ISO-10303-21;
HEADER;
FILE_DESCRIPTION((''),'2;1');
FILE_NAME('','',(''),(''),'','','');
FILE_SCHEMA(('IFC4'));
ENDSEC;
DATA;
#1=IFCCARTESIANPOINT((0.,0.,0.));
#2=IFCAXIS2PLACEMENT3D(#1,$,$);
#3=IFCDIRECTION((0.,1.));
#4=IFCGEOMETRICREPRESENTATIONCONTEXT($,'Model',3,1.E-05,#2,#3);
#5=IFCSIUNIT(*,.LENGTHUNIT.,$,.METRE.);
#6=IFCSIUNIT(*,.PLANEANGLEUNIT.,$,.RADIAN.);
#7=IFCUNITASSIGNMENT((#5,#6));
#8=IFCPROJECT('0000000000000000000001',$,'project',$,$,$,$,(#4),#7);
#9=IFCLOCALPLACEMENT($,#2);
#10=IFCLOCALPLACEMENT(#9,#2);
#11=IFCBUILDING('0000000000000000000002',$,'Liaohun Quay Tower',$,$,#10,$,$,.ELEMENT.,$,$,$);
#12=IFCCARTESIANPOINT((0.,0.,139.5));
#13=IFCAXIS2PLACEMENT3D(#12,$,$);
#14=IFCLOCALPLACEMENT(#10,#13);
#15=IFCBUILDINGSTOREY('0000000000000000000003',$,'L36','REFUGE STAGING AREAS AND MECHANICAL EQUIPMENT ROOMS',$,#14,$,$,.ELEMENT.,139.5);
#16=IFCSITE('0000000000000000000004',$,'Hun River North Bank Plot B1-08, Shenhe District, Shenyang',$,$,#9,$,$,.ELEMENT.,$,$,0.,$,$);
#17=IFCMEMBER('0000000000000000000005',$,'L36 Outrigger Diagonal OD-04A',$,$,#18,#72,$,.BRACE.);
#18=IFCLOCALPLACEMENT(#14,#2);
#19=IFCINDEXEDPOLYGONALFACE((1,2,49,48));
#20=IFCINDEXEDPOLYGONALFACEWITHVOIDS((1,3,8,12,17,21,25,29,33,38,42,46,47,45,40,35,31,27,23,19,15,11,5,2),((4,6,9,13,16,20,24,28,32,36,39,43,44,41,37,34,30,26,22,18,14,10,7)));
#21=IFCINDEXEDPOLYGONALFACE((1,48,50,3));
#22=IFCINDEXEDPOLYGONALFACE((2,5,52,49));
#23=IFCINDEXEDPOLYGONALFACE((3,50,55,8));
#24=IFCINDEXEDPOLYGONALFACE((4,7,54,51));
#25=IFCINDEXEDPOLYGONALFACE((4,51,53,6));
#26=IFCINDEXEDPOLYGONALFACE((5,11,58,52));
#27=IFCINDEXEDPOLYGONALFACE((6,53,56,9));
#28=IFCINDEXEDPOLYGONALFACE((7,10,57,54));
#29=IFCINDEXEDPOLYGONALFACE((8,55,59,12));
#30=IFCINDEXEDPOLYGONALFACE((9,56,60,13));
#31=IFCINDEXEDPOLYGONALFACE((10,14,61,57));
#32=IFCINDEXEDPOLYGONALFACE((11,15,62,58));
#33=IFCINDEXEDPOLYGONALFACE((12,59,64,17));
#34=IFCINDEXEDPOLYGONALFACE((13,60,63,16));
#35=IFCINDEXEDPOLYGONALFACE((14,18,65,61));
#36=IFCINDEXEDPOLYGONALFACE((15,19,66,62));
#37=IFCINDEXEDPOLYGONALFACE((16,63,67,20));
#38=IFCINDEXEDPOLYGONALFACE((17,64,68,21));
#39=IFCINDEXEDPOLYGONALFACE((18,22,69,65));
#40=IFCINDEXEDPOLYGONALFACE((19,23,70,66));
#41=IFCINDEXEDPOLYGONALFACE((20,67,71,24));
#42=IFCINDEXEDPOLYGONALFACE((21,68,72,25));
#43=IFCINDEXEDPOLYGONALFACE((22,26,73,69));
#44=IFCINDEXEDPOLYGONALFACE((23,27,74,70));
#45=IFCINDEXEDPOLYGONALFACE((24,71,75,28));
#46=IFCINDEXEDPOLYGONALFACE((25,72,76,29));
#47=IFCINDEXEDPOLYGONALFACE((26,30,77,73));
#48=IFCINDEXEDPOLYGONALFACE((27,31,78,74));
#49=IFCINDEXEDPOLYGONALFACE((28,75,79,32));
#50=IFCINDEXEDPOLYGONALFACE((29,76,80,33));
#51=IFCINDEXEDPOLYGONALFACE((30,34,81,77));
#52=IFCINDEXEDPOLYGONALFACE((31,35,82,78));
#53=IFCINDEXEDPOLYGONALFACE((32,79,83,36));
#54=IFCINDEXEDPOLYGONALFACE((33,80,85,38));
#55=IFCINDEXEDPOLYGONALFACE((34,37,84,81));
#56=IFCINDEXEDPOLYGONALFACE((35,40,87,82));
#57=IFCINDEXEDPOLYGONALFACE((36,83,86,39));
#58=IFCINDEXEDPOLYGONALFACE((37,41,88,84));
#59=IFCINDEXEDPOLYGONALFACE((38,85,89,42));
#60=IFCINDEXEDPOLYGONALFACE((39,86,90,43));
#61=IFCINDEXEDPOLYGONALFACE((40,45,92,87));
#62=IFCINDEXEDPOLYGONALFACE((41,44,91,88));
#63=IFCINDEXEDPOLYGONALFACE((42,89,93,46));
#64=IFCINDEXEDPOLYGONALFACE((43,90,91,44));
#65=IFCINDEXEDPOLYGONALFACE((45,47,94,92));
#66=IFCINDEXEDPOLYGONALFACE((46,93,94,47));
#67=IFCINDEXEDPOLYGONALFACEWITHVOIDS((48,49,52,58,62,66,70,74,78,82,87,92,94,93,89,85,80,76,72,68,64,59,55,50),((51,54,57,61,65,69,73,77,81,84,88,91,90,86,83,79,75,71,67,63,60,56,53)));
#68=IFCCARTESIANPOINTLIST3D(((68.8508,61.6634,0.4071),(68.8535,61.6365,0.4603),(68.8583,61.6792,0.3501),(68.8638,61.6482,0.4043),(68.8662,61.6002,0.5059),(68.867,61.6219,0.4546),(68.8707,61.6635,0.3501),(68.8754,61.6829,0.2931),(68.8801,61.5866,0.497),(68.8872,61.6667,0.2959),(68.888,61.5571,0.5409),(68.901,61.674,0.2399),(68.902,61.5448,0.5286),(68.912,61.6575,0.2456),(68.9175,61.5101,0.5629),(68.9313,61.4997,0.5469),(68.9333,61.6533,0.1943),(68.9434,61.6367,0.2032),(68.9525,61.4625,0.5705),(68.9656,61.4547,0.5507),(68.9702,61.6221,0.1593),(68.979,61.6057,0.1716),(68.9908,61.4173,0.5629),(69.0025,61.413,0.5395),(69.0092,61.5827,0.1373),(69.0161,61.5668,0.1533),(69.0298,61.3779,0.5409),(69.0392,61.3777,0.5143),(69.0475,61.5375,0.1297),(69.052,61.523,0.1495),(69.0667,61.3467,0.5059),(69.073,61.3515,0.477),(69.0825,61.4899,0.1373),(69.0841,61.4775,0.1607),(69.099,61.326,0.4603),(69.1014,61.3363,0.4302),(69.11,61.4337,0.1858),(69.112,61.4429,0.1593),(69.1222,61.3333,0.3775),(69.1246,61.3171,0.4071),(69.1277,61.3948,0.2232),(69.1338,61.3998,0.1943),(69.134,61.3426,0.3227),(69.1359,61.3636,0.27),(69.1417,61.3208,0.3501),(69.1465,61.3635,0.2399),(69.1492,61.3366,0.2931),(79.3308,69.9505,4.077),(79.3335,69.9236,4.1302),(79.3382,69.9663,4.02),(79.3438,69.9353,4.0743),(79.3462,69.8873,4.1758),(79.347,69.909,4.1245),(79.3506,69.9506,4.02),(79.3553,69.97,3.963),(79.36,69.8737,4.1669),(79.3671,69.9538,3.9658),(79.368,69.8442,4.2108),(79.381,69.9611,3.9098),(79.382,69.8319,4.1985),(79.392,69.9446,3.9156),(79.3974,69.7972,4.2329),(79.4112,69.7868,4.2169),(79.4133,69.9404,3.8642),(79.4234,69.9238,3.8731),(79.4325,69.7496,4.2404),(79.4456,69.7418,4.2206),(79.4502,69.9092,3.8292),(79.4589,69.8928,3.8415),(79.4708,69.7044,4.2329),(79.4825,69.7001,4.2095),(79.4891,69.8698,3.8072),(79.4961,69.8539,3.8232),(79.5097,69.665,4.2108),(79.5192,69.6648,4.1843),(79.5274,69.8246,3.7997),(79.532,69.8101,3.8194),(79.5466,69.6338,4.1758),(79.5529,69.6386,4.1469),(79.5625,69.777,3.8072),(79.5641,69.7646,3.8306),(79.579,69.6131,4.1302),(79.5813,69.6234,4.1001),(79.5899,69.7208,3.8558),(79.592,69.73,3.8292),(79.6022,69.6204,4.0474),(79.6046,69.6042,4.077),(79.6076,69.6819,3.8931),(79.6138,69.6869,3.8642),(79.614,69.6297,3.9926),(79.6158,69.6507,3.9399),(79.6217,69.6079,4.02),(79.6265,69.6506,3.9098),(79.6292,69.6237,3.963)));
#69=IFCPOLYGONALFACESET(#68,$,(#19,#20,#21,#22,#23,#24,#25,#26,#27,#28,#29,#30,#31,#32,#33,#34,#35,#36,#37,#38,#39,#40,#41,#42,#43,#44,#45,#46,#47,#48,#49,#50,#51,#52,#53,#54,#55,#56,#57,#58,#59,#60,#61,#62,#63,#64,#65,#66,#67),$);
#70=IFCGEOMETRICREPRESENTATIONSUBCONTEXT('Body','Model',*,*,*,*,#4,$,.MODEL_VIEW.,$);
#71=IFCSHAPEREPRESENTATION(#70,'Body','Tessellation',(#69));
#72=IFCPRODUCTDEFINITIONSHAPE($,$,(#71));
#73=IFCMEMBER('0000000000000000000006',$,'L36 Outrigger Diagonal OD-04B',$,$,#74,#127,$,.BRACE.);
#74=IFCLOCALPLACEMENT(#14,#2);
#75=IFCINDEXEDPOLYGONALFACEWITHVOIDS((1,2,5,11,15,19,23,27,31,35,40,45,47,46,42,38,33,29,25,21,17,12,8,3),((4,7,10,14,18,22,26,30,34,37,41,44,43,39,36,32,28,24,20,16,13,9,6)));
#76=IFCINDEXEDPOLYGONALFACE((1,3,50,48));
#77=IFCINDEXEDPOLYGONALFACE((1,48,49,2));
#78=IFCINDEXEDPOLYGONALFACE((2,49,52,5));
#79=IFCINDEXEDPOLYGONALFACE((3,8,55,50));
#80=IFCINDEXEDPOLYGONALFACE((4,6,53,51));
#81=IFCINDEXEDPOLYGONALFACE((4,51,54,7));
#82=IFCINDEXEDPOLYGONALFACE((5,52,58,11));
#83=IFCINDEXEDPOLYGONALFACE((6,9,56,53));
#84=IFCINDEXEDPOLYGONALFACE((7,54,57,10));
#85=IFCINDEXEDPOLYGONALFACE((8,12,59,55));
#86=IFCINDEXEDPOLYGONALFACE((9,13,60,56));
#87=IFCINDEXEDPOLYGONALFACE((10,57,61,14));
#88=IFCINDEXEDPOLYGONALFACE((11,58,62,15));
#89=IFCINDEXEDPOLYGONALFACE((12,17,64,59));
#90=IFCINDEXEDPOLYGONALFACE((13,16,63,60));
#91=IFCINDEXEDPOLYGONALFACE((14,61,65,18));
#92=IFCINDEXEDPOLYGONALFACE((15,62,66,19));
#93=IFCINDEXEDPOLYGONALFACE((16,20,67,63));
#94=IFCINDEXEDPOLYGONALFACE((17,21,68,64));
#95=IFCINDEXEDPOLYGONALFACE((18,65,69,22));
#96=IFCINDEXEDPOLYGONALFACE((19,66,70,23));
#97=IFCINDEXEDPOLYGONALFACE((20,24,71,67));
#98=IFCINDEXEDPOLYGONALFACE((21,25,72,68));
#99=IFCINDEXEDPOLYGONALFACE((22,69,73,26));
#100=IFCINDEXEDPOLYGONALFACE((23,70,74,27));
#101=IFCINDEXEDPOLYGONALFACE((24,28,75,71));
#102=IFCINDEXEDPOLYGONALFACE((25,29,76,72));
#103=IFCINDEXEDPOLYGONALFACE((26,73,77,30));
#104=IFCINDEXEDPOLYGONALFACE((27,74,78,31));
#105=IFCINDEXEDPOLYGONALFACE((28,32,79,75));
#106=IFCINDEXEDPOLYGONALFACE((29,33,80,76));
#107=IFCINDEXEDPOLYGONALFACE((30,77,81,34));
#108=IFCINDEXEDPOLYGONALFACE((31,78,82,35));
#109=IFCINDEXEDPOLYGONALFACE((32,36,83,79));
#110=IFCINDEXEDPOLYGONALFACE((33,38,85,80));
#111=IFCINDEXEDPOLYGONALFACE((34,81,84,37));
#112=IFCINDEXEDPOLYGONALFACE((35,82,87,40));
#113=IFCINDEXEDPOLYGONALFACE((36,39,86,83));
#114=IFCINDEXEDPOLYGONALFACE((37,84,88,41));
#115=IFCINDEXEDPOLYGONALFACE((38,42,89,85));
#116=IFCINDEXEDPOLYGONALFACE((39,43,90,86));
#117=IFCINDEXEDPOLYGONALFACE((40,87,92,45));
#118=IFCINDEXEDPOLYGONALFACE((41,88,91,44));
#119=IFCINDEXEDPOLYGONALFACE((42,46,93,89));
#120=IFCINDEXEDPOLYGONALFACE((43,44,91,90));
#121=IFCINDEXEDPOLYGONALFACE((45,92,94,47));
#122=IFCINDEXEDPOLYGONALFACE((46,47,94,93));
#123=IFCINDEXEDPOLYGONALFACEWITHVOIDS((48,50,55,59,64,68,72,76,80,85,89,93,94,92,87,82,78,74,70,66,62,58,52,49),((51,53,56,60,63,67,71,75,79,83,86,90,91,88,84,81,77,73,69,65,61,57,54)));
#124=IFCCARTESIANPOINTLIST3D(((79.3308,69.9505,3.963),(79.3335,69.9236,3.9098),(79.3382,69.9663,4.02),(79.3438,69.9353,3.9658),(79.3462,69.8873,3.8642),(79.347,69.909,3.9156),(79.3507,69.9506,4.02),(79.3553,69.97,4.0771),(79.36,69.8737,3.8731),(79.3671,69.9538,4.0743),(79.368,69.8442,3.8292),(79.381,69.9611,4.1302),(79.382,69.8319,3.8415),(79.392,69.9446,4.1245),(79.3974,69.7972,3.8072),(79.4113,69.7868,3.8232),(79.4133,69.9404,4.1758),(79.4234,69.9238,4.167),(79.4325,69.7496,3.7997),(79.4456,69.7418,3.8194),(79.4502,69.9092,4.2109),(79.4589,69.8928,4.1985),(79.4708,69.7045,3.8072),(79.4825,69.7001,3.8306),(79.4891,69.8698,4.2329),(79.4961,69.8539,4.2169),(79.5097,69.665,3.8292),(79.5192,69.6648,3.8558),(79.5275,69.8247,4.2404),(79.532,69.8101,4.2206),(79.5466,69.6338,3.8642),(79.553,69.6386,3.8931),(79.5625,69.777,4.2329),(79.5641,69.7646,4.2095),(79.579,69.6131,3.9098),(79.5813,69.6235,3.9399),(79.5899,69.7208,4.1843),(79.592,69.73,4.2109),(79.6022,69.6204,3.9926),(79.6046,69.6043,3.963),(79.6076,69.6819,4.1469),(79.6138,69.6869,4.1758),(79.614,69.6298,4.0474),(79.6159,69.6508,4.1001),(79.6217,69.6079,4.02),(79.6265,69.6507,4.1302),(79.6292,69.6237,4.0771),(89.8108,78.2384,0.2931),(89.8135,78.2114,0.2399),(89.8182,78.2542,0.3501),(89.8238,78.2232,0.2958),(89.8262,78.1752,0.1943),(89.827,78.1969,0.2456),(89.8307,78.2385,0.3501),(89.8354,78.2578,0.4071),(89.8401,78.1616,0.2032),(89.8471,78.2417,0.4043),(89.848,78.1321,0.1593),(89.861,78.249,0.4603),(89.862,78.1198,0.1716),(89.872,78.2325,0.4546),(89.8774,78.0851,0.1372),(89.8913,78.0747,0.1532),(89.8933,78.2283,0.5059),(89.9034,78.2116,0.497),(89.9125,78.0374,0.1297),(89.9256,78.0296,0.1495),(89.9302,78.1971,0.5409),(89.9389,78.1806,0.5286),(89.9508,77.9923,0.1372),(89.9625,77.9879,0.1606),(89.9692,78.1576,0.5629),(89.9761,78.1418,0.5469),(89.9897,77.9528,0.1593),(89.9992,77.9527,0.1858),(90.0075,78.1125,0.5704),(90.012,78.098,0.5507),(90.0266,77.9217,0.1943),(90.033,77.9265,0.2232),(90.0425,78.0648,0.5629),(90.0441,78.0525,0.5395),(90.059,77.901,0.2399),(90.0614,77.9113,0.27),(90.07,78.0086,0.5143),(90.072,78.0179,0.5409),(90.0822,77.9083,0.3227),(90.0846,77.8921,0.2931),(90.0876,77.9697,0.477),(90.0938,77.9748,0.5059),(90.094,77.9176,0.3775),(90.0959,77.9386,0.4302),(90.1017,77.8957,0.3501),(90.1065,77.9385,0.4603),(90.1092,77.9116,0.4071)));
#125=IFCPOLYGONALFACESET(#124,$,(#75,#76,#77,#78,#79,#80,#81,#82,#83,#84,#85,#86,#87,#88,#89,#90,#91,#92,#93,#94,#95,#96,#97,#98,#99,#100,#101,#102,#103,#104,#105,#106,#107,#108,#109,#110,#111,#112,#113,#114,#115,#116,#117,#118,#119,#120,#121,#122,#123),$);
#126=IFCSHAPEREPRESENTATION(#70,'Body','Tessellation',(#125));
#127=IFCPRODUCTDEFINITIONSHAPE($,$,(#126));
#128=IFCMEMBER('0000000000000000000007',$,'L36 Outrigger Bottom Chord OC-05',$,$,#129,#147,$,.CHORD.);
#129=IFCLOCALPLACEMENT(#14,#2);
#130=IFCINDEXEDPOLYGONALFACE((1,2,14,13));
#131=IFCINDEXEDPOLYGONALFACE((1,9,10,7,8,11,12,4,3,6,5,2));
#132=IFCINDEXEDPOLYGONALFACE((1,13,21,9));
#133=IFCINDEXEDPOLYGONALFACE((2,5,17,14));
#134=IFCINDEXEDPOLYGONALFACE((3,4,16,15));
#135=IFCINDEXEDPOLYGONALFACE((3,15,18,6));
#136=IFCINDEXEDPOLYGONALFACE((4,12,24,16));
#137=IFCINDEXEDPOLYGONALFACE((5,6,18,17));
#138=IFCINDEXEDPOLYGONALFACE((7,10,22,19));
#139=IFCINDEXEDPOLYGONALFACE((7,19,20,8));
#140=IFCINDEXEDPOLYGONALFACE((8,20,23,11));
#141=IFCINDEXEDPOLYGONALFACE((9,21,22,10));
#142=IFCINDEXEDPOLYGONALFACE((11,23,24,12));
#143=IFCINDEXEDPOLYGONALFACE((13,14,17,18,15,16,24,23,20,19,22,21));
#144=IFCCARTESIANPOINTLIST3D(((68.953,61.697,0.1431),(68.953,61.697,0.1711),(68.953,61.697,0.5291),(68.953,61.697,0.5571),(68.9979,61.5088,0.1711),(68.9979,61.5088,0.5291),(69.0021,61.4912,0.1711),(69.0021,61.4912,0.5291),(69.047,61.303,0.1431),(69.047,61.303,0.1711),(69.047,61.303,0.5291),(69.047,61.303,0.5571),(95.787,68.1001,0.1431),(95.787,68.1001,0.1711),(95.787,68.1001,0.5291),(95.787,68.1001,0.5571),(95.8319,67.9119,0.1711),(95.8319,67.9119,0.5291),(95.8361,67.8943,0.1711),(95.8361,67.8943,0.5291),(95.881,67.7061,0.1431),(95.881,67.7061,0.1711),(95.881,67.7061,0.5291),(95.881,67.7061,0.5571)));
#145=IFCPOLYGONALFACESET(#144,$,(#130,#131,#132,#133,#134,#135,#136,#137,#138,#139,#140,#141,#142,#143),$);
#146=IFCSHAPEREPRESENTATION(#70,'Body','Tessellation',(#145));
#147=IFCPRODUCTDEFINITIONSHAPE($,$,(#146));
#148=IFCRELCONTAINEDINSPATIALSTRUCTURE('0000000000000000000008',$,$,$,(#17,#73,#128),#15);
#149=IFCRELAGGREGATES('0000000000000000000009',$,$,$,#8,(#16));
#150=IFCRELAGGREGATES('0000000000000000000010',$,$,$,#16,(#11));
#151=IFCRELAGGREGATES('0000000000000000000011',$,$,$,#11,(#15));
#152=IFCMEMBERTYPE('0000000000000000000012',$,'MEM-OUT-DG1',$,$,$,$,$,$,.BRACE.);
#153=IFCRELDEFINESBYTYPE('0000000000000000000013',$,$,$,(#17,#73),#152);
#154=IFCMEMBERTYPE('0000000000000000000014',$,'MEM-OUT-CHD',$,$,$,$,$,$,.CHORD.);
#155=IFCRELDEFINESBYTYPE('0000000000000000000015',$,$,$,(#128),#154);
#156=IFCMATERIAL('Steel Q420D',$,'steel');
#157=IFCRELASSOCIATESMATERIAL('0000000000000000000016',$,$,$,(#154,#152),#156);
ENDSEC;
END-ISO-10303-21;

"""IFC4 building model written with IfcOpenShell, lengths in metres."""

from ifc_helpers import new_model, si_unit, direction, frame, origin, origin_2d, place, context, subcontext, project, spatial, hollow_circle, i_section, extrude, source, transform, mapped, material, material_profile, profile_set, type_object, element, save


model = new_model("IFC4")

# Units and contexts
model_context = context("Model", 3, precision=1e-05, world=origin(), true_north=direction((0.0, 1.0)))
body_context = subcontext(model_context, "Body", "Model", "MODEL_VIEW")
ifc_project = project(units=[si_unit("LENGTHUNIT", "METRE"), si_unit("PLANEANGLEUNIT", "RADIAN")], contexts=[model_context])

# Site, building, storey
site_placement = place(None, origin())
site = spatial("IfcSite", under=ifc_project, at=site_placement, Name="Hun River North Bank Plot B1-08, Shenhe District, Shenyang", CompositionType="ELEMENT", RefElevation=0.0)
building_placement = place(site_placement, origin())
building = spatial("IfcBuilding", under=site, at=building_placement, Name="Liaohun Quay Tower", CompositionType="ELEMENT")
storey_placement = place(building_placement, frame((0.0, 0.0, 139.5)))
storey = spatial("IfcBuildingStorey", under=building, at=storey_placement, Name="L36", Description="REFUGE STAGING AREAS AND MECHANICAL EQUIPMENT ROOMS", CompositionType="ELEMENT", Elevation=139.5)

# Members
ifc_material_1 = material(Name="Steel Q420D", Category="steel")
ifc_material_profile_1 = material_profile(ifc_material_1, i_section(OverallWidth=0.405, OverallDepth=0.4141, WebThickness=0.0181, FlangeThickness=0.0281, at=origin_2d()), Name="HW414x405x18x28")
ifc_profile_set_1 = profile_set([ifc_material_profile_1], Name="Steel Q420D")
member_type_1 = type_object("IfcMemberType", Name="MEM-OUT-CHD", PredefinedType="CHORD", material=ifc_profile_set_1)
ifc_material_profile_2 = material_profile(ifc_material_1, hollow_circle(Radius=0.2285, WallThickness=0.02, at=origin_2d()), Name="CHS457x20")
ifc_profile_set_2 = profile_set([ifc_material_profile_2], Name="Steel Q420D")
member_type_2 = type_object("IfcMemberType", Name="MEM-OUT-DG1", PredefinedType="BRACE", material=ifc_profile_set_2)
shared_shape_1 = source(origin(), body_context, "Body", "SweptSolid", [
    extrude(hollow_circle(Radius=0.2285, WallThickness=0.02, at=origin_2d()), origin(), (0.0, 0.0, 1.0), 13.8555),
])
member_1_placement = place(storey_placement, frame((69.0, 61.5, 0.3501), z_axis=(0.756378, 0.59811, 0.264871), x_axis=(-0.620264, 0.784393, 0.0)))
element("IfcMember", 1, at=member_1_placement, inside=storey, type_object=member_type_2, Name="L36 Outrigger Diagonal OD-04A", PredefinedType="BRACE", context=body_context, shape_type="MappedRepresentation", body=[
    mapped(shared_shape_1, transform((0.0, 0.0, 0.0), x_axis=(1.0, 0.0, 0.0), y_axis=(0.0, 1.0, 0.0), z_axis=(0.0, 0.0, 1.0), scale=1.0)),
])
shared_shape_2 = source(origin(), body_context, "Body", "SweptSolid", [
    extrude(hollow_circle(Radius=0.2285, WallThickness=0.02, at=origin_2d()), origin(), (0.0, 0.0, 1.0), 13.856),
])
member_2_placement = place(storey_placement, frame((79.48, 69.7871, 4.02), z_axis=(0.756354, 0.598144, -0.264863), x_axis=(-0.620298, 0.784367, 0.0)))
element("IfcMember", 2, at=member_2_placement, inside=storey, type_object=member_type_2, Name="L36 Outrigger Diagonal OD-04B", PredefinedType="BRACE", context=body_context, shape_type="MappedRepresentation", body=[
    mapped(shared_shape_2, transform((0.0, 0.0, 0.0), x_axis=(1.0, 0.0, 0.0), y_axis=(0.0, 1.0, 0.0), z_axis=(0.0, 0.0, 1.0), scale=1.0)),
])
shared_shape_3 = source(origin(), body_context, "Body", "SweptSolid", [
    extrude(i_section(OverallWidth=0.405, OverallDepth=0.4141, WebThickness=0.0181, FlangeThickness=0.0281, at=origin_2d()), origin(), (0.0, 0.0, 1.0), 27.5874),
])
member_3_placement = place(storey_placement, frame((69.0, 61.5, 0.3501), z_axis=(0.972691, 0.232102, 0.0), x_axis=(-0.232102, 0.972691, 0.0)))
element("IfcMember", 3, at=member_3_placement, inside=storey, type_object=member_type_1, Name="L36 Outrigger Bottom Chord OC-05", PredefinedType="CHORD", context=body_context, shape_type="MappedRepresentation", body=[
    mapped(shared_shape_3, transform((0.0, 0.0, 0.0), x_axis=(1.0, 0.0, 0.0), y_axis=(0.0, 1.0, 0.0), z_axis=(0.0, 0.0, 1.0), scale=1.0)),
])

save(model, "model.ifc")
